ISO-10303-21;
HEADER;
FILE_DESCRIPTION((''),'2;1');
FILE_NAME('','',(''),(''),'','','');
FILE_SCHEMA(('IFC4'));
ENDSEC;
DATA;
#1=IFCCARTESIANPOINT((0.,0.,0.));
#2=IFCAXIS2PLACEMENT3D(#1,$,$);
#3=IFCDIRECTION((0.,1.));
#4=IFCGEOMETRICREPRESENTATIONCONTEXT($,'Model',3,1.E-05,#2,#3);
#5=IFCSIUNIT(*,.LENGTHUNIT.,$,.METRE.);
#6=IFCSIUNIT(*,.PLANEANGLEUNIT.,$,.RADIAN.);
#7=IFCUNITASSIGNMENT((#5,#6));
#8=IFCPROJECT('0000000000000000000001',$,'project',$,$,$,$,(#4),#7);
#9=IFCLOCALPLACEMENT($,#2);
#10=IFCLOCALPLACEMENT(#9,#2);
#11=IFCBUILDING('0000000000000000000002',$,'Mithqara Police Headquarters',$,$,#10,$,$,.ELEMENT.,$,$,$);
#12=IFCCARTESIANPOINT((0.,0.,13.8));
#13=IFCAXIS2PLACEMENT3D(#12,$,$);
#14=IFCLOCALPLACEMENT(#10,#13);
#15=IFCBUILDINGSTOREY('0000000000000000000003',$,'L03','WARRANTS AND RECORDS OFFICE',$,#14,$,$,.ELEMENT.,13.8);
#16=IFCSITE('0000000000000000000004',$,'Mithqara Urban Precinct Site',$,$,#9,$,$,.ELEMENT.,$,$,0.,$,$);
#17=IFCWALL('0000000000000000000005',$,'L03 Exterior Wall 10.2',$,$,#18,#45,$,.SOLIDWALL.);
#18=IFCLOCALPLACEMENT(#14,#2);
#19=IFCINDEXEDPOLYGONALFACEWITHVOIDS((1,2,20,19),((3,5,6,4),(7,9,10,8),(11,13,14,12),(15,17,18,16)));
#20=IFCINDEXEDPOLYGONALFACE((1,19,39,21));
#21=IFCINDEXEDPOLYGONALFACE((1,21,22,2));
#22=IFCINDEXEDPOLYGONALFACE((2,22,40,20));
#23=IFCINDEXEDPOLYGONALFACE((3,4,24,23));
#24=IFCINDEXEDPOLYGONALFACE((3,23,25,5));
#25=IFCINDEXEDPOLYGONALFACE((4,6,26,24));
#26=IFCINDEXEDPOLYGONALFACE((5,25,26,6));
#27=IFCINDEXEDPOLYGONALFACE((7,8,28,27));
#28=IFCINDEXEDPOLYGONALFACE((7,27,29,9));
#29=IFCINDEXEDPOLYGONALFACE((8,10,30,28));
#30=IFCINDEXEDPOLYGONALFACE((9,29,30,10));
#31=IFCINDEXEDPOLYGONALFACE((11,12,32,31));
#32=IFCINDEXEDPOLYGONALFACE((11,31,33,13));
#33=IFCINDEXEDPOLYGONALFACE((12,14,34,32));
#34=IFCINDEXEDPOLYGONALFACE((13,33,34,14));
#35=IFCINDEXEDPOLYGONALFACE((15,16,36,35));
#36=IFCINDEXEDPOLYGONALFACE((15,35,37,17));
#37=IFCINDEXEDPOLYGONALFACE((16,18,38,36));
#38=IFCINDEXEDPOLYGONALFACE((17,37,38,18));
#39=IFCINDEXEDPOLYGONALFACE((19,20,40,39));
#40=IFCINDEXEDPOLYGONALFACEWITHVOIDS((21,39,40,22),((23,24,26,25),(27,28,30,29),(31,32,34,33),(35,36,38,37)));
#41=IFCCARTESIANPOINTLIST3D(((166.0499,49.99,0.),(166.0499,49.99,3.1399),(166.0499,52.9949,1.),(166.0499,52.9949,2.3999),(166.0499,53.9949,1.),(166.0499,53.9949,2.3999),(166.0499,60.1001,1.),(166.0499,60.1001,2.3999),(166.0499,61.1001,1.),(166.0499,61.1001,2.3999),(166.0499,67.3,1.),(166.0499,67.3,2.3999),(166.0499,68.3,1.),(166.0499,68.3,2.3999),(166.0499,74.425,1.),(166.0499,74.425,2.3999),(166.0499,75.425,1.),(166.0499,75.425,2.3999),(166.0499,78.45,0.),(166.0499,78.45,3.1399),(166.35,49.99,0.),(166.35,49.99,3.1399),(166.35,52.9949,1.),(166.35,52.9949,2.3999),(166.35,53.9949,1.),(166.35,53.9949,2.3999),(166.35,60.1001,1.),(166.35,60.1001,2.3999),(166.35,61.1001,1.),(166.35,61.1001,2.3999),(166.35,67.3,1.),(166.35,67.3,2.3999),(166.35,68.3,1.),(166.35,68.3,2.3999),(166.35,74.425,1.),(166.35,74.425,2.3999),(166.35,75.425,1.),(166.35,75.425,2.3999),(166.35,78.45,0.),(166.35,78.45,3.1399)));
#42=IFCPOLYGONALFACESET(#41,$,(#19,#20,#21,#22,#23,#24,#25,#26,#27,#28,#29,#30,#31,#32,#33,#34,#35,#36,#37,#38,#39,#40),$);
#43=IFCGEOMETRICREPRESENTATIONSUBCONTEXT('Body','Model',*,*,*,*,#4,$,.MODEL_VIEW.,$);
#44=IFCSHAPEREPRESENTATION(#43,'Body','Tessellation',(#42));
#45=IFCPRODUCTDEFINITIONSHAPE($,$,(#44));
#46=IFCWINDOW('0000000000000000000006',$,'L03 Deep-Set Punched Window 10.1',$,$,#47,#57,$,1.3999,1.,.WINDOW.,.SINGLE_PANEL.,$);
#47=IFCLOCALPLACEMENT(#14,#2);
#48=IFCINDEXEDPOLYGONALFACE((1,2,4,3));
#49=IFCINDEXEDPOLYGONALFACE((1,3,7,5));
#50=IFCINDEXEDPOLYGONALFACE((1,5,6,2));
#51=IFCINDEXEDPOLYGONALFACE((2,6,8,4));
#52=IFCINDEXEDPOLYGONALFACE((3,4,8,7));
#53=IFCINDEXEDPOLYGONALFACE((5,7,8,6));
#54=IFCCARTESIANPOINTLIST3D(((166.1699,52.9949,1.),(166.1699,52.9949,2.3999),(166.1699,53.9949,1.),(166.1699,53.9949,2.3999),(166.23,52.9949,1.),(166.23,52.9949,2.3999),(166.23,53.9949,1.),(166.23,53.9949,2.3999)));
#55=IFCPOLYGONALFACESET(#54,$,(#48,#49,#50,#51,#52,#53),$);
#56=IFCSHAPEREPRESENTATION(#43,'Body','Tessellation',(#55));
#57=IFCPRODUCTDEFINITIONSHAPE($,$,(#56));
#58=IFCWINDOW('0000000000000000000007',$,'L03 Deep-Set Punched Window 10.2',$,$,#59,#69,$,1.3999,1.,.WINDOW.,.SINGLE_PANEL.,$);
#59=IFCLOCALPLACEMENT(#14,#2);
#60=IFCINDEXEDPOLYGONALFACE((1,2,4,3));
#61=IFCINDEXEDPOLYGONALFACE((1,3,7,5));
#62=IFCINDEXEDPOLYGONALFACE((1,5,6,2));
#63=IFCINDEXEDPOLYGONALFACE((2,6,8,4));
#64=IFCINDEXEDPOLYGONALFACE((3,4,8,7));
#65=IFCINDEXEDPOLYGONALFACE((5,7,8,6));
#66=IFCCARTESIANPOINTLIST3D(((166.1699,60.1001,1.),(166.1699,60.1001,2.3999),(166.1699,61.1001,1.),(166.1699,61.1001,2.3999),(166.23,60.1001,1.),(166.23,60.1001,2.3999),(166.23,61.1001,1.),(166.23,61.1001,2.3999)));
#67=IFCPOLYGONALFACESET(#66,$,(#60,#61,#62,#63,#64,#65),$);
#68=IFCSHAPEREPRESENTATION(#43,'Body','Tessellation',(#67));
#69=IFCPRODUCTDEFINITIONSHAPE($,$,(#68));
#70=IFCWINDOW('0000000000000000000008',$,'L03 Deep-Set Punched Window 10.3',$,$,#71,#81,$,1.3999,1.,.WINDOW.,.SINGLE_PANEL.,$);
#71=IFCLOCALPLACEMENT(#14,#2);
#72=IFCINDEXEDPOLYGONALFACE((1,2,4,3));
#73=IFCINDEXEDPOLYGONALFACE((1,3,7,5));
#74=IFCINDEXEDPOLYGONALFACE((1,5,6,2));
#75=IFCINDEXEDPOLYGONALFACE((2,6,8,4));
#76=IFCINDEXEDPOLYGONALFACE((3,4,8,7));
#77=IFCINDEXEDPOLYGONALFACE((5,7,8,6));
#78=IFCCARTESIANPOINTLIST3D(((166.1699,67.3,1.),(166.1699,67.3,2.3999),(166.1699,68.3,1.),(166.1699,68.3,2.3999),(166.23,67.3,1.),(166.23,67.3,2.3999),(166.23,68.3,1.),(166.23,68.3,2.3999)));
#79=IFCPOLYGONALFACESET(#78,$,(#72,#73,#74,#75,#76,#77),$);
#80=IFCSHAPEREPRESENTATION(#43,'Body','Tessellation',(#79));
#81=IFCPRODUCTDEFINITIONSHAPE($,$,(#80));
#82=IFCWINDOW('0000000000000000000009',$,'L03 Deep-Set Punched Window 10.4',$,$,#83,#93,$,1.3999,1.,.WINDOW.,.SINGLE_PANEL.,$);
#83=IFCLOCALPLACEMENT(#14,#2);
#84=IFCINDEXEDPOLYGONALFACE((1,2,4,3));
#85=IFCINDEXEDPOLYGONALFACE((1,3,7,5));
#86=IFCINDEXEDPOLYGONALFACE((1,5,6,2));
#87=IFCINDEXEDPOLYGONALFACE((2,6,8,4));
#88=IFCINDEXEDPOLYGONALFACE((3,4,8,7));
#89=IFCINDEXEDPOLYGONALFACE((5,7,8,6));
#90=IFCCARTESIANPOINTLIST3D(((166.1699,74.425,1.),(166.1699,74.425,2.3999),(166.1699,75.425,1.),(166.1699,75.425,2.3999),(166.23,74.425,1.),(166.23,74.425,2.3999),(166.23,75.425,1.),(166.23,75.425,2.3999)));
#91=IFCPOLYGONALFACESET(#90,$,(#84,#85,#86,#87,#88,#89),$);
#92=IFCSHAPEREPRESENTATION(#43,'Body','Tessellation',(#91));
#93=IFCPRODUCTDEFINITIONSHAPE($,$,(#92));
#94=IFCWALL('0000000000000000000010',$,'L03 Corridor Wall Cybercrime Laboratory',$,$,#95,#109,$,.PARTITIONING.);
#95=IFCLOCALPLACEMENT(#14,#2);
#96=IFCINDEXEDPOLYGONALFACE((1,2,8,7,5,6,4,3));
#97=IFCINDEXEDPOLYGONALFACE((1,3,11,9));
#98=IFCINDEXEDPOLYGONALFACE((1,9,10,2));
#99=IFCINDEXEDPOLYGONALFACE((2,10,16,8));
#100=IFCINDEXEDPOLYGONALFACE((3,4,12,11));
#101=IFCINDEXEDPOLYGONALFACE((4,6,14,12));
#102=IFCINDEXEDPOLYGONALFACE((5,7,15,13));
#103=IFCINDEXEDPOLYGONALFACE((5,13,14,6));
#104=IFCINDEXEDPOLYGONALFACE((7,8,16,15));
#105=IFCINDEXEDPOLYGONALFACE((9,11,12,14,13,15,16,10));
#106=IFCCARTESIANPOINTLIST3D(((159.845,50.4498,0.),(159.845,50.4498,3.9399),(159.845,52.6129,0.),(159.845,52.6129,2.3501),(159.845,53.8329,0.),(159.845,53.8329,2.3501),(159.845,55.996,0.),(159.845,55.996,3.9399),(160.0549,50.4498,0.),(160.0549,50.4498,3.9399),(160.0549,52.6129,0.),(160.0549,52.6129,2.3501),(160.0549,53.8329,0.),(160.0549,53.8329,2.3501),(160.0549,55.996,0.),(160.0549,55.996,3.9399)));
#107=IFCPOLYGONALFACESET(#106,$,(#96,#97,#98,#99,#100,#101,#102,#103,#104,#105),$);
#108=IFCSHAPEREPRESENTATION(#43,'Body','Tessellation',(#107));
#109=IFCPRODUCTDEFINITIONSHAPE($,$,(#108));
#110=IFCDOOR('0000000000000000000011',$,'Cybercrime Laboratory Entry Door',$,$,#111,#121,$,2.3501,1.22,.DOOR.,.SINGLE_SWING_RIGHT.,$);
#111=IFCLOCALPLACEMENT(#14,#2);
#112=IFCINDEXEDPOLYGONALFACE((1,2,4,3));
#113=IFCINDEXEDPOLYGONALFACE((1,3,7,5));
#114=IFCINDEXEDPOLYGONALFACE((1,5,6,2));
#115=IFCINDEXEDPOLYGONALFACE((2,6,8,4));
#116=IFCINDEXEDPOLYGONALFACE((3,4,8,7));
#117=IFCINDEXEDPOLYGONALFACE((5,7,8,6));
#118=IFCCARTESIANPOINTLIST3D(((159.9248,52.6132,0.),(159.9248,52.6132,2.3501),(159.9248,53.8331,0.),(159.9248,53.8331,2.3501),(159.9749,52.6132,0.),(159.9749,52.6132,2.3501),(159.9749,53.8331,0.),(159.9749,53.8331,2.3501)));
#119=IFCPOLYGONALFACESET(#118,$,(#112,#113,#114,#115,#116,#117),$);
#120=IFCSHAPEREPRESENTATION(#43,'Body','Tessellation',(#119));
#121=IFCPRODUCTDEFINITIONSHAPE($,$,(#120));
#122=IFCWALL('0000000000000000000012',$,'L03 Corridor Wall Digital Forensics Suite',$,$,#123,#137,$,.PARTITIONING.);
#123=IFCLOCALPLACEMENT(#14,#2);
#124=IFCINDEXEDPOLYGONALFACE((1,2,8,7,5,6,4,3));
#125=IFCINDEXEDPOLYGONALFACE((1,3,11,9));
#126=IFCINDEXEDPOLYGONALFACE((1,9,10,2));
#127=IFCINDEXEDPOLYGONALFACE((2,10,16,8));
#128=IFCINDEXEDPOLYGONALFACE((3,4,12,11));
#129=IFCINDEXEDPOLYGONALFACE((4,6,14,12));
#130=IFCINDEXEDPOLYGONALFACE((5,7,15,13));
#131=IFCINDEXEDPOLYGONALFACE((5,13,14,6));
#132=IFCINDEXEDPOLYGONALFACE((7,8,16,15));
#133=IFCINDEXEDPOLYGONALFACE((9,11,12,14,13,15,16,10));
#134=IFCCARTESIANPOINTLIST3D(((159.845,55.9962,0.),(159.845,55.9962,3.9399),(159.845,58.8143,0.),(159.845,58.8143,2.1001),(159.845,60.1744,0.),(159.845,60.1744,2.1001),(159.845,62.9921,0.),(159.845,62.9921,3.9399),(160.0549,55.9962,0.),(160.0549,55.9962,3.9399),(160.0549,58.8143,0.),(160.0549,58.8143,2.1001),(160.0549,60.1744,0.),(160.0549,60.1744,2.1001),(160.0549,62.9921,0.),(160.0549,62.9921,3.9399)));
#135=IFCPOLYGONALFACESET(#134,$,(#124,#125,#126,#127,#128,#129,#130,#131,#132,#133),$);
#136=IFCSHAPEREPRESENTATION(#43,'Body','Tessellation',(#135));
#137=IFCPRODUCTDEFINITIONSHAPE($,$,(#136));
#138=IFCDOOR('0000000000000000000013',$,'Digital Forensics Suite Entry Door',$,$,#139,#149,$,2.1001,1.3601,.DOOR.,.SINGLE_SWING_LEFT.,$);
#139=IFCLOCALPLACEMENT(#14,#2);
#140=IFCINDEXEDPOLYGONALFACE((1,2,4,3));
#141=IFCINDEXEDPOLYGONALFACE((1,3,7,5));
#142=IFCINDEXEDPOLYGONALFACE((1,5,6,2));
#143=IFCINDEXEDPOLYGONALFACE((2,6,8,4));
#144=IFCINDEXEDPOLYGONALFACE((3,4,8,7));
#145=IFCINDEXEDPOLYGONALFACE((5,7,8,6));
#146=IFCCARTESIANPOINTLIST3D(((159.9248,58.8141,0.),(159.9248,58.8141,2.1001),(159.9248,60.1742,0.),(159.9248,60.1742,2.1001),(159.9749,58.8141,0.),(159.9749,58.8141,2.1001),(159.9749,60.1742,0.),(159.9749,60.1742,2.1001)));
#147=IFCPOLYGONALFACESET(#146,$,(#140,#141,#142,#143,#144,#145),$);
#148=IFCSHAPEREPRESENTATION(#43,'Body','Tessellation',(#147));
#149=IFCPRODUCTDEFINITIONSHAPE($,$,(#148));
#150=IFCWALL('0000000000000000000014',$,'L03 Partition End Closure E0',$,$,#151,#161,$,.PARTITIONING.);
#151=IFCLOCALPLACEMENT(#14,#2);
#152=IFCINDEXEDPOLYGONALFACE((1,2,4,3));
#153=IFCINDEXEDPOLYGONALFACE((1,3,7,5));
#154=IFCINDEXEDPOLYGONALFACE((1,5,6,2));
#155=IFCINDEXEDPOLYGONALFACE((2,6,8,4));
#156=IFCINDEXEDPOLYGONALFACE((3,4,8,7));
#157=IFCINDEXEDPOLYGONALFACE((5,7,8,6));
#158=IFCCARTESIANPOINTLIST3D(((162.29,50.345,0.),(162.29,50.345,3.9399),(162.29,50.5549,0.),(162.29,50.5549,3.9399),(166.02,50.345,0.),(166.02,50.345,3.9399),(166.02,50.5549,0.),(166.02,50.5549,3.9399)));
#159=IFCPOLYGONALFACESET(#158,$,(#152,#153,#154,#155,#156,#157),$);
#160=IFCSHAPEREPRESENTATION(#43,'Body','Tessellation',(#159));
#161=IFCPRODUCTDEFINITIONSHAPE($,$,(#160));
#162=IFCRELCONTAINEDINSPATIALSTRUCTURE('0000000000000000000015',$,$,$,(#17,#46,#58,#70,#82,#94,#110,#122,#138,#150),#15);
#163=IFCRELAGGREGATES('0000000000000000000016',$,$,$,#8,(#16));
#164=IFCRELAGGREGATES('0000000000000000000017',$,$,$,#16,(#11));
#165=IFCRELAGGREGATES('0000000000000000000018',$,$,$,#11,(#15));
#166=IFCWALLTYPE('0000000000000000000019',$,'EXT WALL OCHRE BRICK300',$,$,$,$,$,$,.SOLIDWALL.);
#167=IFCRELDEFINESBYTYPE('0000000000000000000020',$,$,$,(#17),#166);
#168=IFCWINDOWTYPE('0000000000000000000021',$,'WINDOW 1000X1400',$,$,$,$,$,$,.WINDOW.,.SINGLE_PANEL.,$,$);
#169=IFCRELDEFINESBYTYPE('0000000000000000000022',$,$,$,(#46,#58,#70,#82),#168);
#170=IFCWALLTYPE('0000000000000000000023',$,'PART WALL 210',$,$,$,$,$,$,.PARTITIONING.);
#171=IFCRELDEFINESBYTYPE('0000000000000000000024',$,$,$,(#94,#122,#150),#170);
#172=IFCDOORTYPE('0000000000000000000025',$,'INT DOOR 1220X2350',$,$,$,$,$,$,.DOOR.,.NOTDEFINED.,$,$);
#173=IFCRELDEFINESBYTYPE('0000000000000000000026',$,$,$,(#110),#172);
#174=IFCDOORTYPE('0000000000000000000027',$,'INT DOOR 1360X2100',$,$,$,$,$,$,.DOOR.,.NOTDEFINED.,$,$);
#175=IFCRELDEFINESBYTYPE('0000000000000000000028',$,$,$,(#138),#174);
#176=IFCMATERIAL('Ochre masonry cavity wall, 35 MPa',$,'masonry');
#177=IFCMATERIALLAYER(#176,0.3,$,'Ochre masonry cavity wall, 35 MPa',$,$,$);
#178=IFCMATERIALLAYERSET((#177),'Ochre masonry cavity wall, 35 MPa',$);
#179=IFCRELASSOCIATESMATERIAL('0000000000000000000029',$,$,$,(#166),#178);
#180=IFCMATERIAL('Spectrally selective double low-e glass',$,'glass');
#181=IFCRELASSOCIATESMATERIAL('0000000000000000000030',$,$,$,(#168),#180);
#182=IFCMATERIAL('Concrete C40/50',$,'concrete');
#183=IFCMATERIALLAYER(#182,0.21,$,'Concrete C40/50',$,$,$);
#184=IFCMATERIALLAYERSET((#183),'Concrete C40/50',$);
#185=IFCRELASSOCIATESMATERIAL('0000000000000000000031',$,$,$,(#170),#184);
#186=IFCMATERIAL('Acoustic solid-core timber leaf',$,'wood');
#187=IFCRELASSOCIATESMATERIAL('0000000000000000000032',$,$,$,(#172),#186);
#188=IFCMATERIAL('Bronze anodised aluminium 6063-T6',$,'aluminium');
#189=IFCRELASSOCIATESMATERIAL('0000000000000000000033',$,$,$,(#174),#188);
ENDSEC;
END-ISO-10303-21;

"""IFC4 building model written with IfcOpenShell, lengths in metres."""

from ifc_helpers import new_model, si_unit, direction, frame, frame_2d, origin, place, context, subcontext, project, spatial, rectangle, extrude, material, layer, layer_set, type_object, element, fill, save


model = new_model("IFC4")

# Units and contexts
model_context = context("Model", 3, precision=1e-05, world=origin(), true_north=direction((0.0, 1.0)))
body_context = subcontext(model_context, "Body", "Model", "MODEL_VIEW")
ifc_project = project(units=[si_unit("LENGTHUNIT", "METRE"), si_unit("PLANEANGLEUNIT", "RADIAN")], contexts=[model_context])

# Site, building, storey
site_placement = place(None, origin())
site = spatial("IfcSite", under=ifc_project, at=site_placement, Name="Mithqara Urban Precinct Site", CompositionType="ELEMENT", RefElevation=0.0)
building_placement = place(site_placement, origin())
building = spatial("IfcBuilding", under=site, at=building_placement, Name="Mithqara Police Headquarters", CompositionType="ELEMENT")
storey_placement = place(building_placement, frame((0.0, 0.0, 13.8)))
storey = spatial("IfcBuildingStorey", under=building, at=storey_placement, Name="L03", Description="WARRANTS AND RECORDS OFFICE", CompositionType="ELEMENT", Elevation=13.8)

# Shared definitions
ifc_material_1 = material(Name="Concrete C40/50", Category="concrete")

# Shared definitions
ifc_material_2 = material(Name="Bronze anodised aluminium 6063-T6", Category="aluminium")

# Wall, openings, windows
ifc_material_3 = material(Name="Ochre masonry cavity wall, 35 MPa", Category="masonry")
ifc_layer_1 = layer(ifc_material_3, 0.3, Name="Ochre masonry cavity wall, 35 MPa")
ifc_layer_set_1 = layer_set([ifc_layer_1], Name="Ochre masonry cavity wall, 35 MPa")
wall_type_1 = type_object("IfcWallType", Name="EXT WALL OCHRE BRICK300", PredefinedType="SOLIDWALL", material=ifc_layer_set_1)
wall_1_placement = place(storey_placement, frame((166.2, 49.99, 0.0), z_axis=(0.0, 0.0, 1.0), x_axis=(0.0, 1.0, 0.0)))
wall_1 = element("IfcWall", 1, at=wall_1_placement, inside=storey, type_object=wall_type_1, Name="L03 Exterior Wall 10.2", PredefinedType="SOLIDWALL", context=body_context, shape_type="SweptSolid", body=[
    extrude(rectangle(XDim=28.46, YDim=0.3, at=frame_2d((14.23, 0.0))), origin(), (0.0, 0.0, 1.0), 3.1399),
])
opening_1_placement = place(wall_1_placement, frame((3.0049, 0.0, 1.0)))
opening_1 = element("IfcOpeningElement", 2, at=opening_1_placement, cuts=wall_1, PredefinedType="OPENING", context=body_context, shape_type="SweptSolid", body=[
    extrude(rectangle(XDim=1.0, YDim=1.3999, at=frame_2d((0.5, 0.7))), frame((0.0, 0.1602, 0.0), z_axis=(0.0, -1.0, 0.0), x_axis=(1.0, 0.0, 0.0)), (0.0, 0.0, 1.0), 0.3201),
])
opening_2_placement = place(wall_1_placement, frame((10.1101, 0.0, 1.0)))
opening_2 = element("IfcOpeningElement", 3, at=opening_2_placement, cuts=wall_1, PredefinedType="OPENING", context=body_context, shape_type="SweptSolid", body=[
    extrude(rectangle(XDim=1.0, YDim=1.3999, at=frame_2d((0.5, 0.7))), frame((0.0, 0.1602, 0.0), z_axis=(0.0, -1.0, 0.0), x_axis=(1.0, 0.0, 0.0)), (0.0, 0.0, 1.0), 0.3201),
])
opening_3_placement = place(wall_1_placement, frame((17.3101, 0.0, 1.0)))
opening_3 = element("IfcOpeningElement", 4, at=opening_3_placement, cuts=wall_1, PredefinedType="OPENING", context=body_context, shape_type="SweptSolid", body=[
    extrude(rectangle(XDim=1.0, YDim=1.3999, at=frame_2d((0.5, 0.7))), frame((0.0, 0.1602, 0.0), z_axis=(0.0, -1.0, 0.0), x_axis=(1.0, 0.0, 0.0)), (0.0, 0.0, 1.0), 0.3201),
])
opening_4_placement = place(wall_1_placement, frame((24.4351, 0.0, 1.0)))
opening_4 = element("IfcOpeningElement", 5, at=opening_4_placement, cuts=wall_1, PredefinedType="OPENING", context=body_context, shape_type="SweptSolid", body=[
    extrude(rectangle(XDim=1.0, YDim=1.3999, at=frame_2d((0.5, 0.7))), frame((0.0, 0.1602, 0.0), z_axis=(0.0, -1.0, 0.0), x_axis=(1.0, 0.0, 0.0)), (0.0, 0.0, 1.0), 0.3201),
])
ifc_material_4 = material(Name="Spectrally selective double low-e glass", Category="glass")
window_type = type_object("IfcWindowType", Name="WINDOW 1000X1400", PartitioningType="SINGLE_PANEL", PredefinedType="WINDOW", material=ifc_material_4)
window_1_placement = place(opening_1_placement, origin())
window_1 = element("IfcWindow", 6, at=window_1_placement, inside=storey, type_object=window_type, Name="L03 Deep-Set Punched Window 10.1", OverallHeight=1.3999, OverallWidth=1.0, PartitioningType="SINGLE_PANEL", PredefinedType="WINDOW", context=body_context, shape_type="SweptSolid", body=[
    extrude(rectangle(XDim=1.0, YDim=1.3999, at=frame_2d((0.5, 0.7))), frame((0.0, 0.03, 0.0), z_axis=(0.0, -1.0, 0.0), x_axis=(1.0, 0.0, 0.0)), (0.0, 0.0, 1.0), 0.0601),
])
fill(opening_1, window_1)
window_2_placement = place(opening_2_placement, origin())
window_2 = element("IfcWindow", 7, at=window_2_placement, inside=storey, type_object=window_type, Name="L03 Deep-Set Punched Window 10.2", OverallHeight=1.3999, OverallWidth=1.0, PartitioningType="SINGLE_PANEL", PredefinedType="WINDOW", context=body_context, shape_type="SweptSolid", body=[
    extrude(rectangle(XDim=1.0, YDim=1.3999, at=frame_2d((0.5, 0.7))), frame((0.0, 0.03, 0.0), z_axis=(0.0, -1.0, 0.0), x_axis=(1.0, 0.0, 0.0)), (0.0, 0.0, 1.0), 0.0601),
])
fill(opening_2, window_2)
window_3_placement = place(opening_3_placement, origin())
window_3 = element("IfcWindow", 8, at=window_3_placement, inside=storey, type_object=window_type, Name="L03 Deep-Set Punched Window 10.3", OverallHeight=1.3999, OverallWidth=1.0, PartitioningType="SINGLE_PANEL", PredefinedType="WINDOW", context=body_context, shape_type="SweptSolid", body=[
    extrude(rectangle(XDim=1.0, YDim=1.3999, at=frame_2d((0.5, 0.7))), frame((0.0, 0.03, 0.0), z_axis=(0.0, -1.0, 0.0), x_axis=(1.0, 0.0, 0.0)), (0.0, 0.0, 1.0), 0.0601),
])
fill(opening_3, window_3)
window_4_placement = place(opening_4_placement, origin())
window_4 = element("IfcWindow", 9, at=window_4_placement, inside=storey, type_object=window_type, Name="L03 Deep-Set Punched Window 10.4", OverallHeight=1.3999, OverallWidth=1.0, PartitioningType="SINGLE_PANEL", PredefinedType="WINDOW", context=body_context, shape_type="SweptSolid", body=[
    extrude(rectangle(XDim=1.0, YDim=1.3999, at=frame_2d((0.5, 0.7))), frame((0.0, 0.03, 0.0), z_axis=(0.0, -1.0, 0.0), x_axis=(1.0, 0.0, 0.0)), (0.0, 0.0, 1.0), 0.0601),
])
fill(opening_4, window_4)

# Walls, openings, doors
ifc_layer_2 = layer(ifc_material_1, 0.21, Name="Concrete C40/50")
ifc_layer_set_2 = layer_set([ifc_layer_2], Name="Concrete C40/50")
wall_type_2 = type_object("IfcWallType", Name="PART WALL 210", PredefinedType="PARTITIONING", material=ifc_layer_set_2)
wall_2_placement = place(storey_placement, frame((159.95, 50.45, 0.0), z_axis=(0.0, 0.0, 1.0), x_axis=(0.0, 1.0, 0.0)))
wall_2 = element("IfcWall", 10, at=wall_2_placement, inside=storey, type_object=wall_type_2, Name="L03 Corridor Wall Cybercrime Laboratory", PredefinedType="PARTITIONING", context=body_context, shape_type="SweptSolid", body=[
    extrude(rectangle(XDim=5.5461, YDim=0.21, at=frame_2d((2.7729, 0.0))), origin(), (0.0, 0.0, 1.0), 3.9399),
])
opening_5_placement = place(wall_2_placement, frame((2.1631, 0.0, 0.0)))
opening_5 = element("IfcOpeningElement", 11, at=opening_5_placement, cuts=wall_2, PredefinedType="OPENING", context=body_context, shape_type="SweptSolid", body=[
    extrude(rectangle(XDim=1.22, YDim=2.3501, at=frame_2d((0.6099, 1.175))), frame((0.0, 0.115, 0.0), z_axis=(0.0, -1.0, 0.0), x_axis=(1.0, 0.0, 0.0)), (0.0, 0.0, 1.0), 0.23),
])
ifc_material_5 = material(Name="Acoustic solid-core timber leaf", Category="wood")
door_type_1 = type_object("IfcDoorType", Name="INT DOOR 1220X2350", OperationType="NOTDEFINED", PredefinedType="DOOR", material=ifc_material_5)
door_1_placement = place(opening_5_placement, frame((1.22, 0.0, 0.0), z_axis=(0.0, 0.0, 1.0), x_axis=(-1.0, 0.0, 0.0)))
door_1 = element("IfcDoor", 12, at=door_1_placement, inside=storey, type_object=door_type_1, Name="Cybercrime Laboratory Entry Door", OperationType="SINGLE_SWING_RIGHT", OverallHeight=2.3501, OverallWidth=1.22, PredefinedType="DOOR", context=body_context, shape_type="SweptSolid", body=[
    extrude(rectangle(XDim=1.22, YDim=2.3501, at=frame_2d((0.6099, 1.175))), frame((0.0, 0.0249, 0.0), z_axis=(0.0, -1.0, 0.0), x_axis=(1.0, 0.0, 0.0)), (0.0, 0.0, 1.0), 0.05),
])
fill(opening_5, door_1)
wall_3_placement = place(storey_placement, frame((159.95, 55.9961, 0.0), z_axis=(0.0, 0.0, 1.0), x_axis=(0.0, 1.0, 0.0)))
wall_3 = element("IfcWall", 13, at=wall_3_placement, inside=storey, type_object=wall_type_2, Name="L03 Corridor Wall Digital Forensics Suite", PredefinedType="PARTITIONING", context=body_context, shape_type="SweptSolid", body=[
    extrude(rectangle(XDim=6.9958, YDim=0.21, at=frame_2d((3.498, 0.0))), origin(), (0.0, 0.0, 1.0), 3.9399),
])
opening_6_placement = place(wall_3_placement, frame((2.8181, 0.0, 0.0)))
opening_6 = element("IfcOpeningElement", 14, at=opening_6_placement, cuts=wall_3, PredefinedType="OPENING", context=body_context, shape_type="SweptSolid", body=[
    extrude(rectangle(XDim=1.3601, YDim=2.1001, at=frame_2d((0.6802, 1.05))), frame((0.0, 0.115, 0.0), z_axis=(0.0, -1.0, 0.0), x_axis=(1.0, 0.0, 0.0)), (0.0, 0.0, 1.0), 0.23),
])
door_type_2 = type_object("IfcDoorType", Name="INT DOOR 1360X2100", OperationType="NOTDEFINED", PredefinedType="DOOR", material=ifc_material_2)
door_2_placement = place(opening_6_placement, frame((1.3601, 0.0, 0.0), z_axis=(0.0, 0.0, 1.0), x_axis=(-1.0, 0.0, 0.0)))
door_2 = element("IfcDoor", 15, at=door_2_placement, inside=storey, type_object=door_type_2, Name="Digital Forensics Suite Entry Door", OperationType="SINGLE_SWING_LEFT", OverallHeight=2.1001, OverallWidth=1.3601, PredefinedType="DOOR", context=body_context, shape_type="SweptSolid", body=[
    extrude(rectangle(XDim=1.3601, YDim=2.1001, at=frame_2d((0.6802, 1.05))), frame((0.0, 0.0249, 0.0), z_axis=(0.0, -1.0, 0.0), x_axis=(1.0, 0.0, 0.0)), (0.0, 0.0, 1.0), 0.05),
])
fill(opening_6, door_2)

# Wall
wall_4_placement = place(storey_placement, frame((162.29, 50.45, 0.0), z_axis=(0.0, 0.0, 1.0), x_axis=(1.0, 0.0, 0.0)))
element("IfcWall", 16, at=wall_4_placement, inside=storey, type_object=wall_type_2, Name="L03 Partition End Closure E0", PredefinedType="PARTITIONING", context=body_context, shape_type="SweptSolid", body=[
    extrude(rectangle(XDim=3.73, YDim=0.21, at=frame_2d((1.865, 0.0))), origin(), (0.0, 0.0, 1.0), 3.9399),
])

save(model, "model.ifc")
